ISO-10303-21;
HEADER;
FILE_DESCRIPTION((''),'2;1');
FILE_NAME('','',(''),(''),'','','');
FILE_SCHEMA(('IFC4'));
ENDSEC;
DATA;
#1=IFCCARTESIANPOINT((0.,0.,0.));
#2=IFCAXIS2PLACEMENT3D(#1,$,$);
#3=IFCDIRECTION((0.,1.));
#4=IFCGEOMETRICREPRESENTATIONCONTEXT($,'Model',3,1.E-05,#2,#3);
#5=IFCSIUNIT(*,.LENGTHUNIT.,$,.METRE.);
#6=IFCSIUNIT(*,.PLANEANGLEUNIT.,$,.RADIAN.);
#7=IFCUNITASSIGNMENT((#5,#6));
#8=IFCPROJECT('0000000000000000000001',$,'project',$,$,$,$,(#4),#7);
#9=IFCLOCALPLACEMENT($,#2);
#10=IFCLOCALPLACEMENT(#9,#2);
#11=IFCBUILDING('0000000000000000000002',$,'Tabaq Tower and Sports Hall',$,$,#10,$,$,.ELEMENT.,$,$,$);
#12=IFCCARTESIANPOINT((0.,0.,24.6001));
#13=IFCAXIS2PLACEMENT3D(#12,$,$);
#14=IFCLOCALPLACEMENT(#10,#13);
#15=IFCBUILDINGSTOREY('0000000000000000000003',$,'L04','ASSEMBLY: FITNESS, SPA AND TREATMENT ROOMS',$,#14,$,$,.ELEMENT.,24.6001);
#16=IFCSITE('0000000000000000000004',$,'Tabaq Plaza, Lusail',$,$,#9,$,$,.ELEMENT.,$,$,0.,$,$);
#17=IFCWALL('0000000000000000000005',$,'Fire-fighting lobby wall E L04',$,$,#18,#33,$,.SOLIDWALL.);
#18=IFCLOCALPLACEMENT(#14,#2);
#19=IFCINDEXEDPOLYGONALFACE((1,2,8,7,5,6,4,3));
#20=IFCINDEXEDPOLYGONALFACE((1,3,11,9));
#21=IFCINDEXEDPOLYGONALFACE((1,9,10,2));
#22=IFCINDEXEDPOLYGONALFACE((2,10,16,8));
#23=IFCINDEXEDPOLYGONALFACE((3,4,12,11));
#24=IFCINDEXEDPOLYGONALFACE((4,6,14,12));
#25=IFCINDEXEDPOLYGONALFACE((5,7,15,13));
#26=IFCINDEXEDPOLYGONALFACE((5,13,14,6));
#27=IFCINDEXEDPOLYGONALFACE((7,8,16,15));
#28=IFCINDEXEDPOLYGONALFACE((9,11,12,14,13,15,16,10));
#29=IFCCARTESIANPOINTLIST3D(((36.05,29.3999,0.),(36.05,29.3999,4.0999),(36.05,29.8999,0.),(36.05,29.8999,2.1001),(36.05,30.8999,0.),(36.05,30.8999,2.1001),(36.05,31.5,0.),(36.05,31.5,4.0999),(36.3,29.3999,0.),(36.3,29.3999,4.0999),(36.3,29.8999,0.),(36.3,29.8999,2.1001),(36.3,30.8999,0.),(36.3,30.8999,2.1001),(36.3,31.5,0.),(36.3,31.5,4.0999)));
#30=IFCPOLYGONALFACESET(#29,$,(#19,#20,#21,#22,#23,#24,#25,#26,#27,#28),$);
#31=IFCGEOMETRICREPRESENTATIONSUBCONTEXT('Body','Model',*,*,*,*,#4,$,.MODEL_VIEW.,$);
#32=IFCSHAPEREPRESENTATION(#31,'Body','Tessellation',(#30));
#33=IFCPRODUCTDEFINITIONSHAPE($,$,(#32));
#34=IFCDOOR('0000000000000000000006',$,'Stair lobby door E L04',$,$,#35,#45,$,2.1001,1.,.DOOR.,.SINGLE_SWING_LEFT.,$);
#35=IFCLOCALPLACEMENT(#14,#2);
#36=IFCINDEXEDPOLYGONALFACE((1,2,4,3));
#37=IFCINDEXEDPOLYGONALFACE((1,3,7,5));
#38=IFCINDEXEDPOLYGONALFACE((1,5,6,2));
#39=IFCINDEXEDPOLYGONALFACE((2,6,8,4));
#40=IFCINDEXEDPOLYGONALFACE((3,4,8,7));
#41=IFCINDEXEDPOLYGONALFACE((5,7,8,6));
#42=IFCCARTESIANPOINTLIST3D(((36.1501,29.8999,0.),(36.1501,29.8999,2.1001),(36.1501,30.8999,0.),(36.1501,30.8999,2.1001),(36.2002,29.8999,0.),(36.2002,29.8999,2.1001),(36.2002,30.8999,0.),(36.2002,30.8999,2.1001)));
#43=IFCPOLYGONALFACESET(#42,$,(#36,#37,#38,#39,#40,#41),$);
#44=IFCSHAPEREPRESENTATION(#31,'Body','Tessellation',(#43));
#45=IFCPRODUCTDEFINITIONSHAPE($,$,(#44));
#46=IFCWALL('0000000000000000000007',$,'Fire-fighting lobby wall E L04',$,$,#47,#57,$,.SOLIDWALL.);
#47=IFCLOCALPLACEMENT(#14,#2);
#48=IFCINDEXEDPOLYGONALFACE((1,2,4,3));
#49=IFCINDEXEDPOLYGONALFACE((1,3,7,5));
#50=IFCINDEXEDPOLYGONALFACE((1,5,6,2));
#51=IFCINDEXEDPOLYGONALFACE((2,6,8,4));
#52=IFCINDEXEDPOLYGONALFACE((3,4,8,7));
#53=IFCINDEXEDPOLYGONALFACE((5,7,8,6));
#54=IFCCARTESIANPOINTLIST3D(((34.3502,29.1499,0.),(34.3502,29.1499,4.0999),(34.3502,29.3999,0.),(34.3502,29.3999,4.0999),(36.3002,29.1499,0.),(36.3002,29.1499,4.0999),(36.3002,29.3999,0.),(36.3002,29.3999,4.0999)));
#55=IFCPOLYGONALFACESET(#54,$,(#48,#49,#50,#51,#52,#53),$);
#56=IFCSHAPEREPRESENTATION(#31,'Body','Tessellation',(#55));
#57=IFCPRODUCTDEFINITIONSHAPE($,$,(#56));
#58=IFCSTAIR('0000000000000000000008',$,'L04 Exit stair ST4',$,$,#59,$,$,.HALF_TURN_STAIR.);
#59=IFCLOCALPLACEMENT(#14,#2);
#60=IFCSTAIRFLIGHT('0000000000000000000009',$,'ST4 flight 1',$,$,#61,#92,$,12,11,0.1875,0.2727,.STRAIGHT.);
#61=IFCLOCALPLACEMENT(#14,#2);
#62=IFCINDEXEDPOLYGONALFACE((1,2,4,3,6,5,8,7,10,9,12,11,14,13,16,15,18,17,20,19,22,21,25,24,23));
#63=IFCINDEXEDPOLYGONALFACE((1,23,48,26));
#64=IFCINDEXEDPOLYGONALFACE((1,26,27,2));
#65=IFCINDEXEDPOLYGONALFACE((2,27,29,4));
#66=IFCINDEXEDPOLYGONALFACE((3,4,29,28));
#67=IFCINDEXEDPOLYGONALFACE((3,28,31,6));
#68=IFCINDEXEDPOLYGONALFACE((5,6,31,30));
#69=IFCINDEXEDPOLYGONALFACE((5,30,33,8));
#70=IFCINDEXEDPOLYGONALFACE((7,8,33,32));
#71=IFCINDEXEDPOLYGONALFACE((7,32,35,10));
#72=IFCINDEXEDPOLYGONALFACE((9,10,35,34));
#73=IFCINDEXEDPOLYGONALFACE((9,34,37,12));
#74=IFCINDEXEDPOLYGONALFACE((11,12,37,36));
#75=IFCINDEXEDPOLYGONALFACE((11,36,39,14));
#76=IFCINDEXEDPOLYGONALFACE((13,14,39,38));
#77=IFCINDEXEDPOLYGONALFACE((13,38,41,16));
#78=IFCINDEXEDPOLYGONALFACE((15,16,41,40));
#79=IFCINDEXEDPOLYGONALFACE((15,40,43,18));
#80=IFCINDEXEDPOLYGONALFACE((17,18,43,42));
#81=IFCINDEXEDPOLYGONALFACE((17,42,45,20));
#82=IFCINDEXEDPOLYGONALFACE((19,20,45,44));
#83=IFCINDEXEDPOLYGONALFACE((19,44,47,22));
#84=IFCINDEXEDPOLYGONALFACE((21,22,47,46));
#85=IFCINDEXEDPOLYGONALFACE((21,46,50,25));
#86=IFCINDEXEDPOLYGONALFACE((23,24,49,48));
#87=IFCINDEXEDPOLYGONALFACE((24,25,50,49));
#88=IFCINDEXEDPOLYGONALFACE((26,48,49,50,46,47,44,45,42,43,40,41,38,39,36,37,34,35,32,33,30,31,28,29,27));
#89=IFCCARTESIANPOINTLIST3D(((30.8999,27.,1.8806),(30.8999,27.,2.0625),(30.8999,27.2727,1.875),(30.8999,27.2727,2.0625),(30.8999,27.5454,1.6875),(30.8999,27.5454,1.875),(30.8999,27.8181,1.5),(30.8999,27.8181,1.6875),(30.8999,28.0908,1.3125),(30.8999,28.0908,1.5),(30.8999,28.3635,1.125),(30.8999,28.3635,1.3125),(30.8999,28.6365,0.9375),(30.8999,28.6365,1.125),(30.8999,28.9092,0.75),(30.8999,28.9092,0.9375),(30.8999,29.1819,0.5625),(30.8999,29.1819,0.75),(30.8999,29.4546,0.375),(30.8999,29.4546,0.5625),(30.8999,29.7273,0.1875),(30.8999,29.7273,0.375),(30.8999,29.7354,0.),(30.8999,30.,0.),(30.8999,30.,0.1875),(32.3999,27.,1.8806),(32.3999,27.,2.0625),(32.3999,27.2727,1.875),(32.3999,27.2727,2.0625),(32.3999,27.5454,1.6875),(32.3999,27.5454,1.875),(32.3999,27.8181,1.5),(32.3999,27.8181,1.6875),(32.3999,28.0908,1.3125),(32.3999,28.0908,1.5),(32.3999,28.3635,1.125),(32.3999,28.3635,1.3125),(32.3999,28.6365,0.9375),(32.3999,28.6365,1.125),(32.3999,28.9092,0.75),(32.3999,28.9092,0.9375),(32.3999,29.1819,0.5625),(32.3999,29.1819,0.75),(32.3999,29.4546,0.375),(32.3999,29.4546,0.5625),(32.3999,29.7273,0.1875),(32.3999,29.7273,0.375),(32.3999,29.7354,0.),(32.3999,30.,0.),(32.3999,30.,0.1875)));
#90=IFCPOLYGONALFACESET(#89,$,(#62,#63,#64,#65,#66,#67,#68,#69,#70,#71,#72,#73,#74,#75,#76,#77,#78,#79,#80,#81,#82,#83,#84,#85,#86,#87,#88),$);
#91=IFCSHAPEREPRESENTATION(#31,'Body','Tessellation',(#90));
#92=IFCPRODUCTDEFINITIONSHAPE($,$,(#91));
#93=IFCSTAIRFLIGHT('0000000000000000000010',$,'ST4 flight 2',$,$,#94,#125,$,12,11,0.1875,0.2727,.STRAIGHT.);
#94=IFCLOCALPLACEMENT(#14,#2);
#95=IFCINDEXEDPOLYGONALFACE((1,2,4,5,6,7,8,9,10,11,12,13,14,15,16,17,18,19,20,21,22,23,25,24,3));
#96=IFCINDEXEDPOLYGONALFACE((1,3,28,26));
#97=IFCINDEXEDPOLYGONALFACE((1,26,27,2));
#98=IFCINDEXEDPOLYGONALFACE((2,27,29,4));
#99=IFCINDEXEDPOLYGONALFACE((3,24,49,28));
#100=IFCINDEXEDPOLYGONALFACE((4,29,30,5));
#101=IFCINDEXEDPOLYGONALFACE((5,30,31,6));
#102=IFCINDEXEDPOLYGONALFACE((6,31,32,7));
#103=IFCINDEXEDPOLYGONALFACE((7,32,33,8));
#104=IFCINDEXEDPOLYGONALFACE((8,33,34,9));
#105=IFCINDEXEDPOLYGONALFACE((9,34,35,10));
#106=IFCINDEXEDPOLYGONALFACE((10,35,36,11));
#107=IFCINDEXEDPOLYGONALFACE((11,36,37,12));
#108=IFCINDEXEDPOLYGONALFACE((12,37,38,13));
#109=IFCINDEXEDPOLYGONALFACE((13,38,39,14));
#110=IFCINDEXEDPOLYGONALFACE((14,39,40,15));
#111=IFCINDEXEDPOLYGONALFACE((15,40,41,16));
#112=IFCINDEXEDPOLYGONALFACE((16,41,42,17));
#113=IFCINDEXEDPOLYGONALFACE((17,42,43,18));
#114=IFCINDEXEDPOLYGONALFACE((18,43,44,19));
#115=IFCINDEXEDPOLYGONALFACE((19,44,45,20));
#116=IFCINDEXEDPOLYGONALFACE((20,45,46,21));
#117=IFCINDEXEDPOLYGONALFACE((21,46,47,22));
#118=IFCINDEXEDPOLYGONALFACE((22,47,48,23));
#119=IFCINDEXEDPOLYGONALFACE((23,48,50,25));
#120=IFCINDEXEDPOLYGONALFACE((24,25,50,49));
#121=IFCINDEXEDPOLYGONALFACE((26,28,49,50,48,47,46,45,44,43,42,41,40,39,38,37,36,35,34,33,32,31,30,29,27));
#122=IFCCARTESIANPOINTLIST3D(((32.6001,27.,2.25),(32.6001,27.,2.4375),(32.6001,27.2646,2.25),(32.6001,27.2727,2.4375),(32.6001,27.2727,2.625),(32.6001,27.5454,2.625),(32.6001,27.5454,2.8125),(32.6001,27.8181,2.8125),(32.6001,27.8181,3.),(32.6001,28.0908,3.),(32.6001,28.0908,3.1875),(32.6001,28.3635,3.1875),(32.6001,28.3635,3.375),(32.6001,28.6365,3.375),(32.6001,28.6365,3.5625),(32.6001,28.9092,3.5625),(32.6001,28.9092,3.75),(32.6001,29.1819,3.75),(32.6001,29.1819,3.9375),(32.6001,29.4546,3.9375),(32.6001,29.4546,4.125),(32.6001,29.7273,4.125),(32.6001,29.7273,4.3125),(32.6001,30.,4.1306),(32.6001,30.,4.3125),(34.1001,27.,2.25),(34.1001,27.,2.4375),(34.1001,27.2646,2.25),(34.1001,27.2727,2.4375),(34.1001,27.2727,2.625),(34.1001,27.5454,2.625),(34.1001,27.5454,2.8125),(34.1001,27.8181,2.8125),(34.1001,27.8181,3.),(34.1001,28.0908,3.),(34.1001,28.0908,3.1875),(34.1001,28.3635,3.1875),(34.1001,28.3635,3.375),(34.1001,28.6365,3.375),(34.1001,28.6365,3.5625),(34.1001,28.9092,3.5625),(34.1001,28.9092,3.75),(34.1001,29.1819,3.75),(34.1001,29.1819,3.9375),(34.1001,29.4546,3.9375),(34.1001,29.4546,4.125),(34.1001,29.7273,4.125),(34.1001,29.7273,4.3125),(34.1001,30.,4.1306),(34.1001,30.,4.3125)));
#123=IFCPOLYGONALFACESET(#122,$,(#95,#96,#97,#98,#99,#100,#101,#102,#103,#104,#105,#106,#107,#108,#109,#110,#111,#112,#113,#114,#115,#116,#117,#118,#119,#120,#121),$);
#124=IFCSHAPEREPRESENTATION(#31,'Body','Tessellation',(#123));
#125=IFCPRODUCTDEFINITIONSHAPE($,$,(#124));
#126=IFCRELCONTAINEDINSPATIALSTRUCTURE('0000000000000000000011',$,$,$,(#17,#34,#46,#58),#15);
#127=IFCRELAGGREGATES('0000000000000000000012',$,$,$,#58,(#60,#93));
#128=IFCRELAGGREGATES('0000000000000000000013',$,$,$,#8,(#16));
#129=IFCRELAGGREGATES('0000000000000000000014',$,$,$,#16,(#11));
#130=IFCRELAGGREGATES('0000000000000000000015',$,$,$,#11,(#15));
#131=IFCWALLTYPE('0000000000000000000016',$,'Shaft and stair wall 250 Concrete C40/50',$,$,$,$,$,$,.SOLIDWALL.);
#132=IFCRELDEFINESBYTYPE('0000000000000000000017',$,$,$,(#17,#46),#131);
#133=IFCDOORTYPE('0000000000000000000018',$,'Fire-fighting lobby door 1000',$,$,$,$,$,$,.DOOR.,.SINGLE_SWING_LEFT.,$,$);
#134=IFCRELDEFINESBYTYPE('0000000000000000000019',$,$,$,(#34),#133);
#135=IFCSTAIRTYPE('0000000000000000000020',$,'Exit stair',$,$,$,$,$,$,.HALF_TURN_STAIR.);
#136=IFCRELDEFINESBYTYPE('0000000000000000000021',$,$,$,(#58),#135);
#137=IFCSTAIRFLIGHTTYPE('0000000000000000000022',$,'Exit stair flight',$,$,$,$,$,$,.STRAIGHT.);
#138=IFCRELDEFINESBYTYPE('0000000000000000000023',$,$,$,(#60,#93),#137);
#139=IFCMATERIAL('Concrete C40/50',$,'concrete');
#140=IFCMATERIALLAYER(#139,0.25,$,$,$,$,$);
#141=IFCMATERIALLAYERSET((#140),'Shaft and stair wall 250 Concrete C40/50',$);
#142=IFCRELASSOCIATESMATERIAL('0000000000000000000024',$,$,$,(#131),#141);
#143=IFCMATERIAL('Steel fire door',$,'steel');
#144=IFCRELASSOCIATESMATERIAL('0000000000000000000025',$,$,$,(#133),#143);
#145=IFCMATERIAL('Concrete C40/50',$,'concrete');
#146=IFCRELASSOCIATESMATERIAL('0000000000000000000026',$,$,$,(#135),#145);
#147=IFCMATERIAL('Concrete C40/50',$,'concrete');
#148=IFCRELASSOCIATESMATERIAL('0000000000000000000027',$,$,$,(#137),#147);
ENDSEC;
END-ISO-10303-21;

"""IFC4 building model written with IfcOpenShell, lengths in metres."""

from ifc_helpers import new_model, si_unit, direction, frame, frame_2d, origin, place, context, subcontext, project, spatial, polyline, rectangle, outline, extrude, material, layer, layer_set, type_object, element, fill, aggregate, save


model = new_model("IFC4")

# Units and contexts
model_context = context("Model", 3, precision=1e-05, world=origin(), true_north=direction((0.0, 1.0)))
body_context = subcontext(model_context, "Body", "Model", "MODEL_VIEW")
ifc_project = project(units=[si_unit("LENGTHUNIT", "METRE"), si_unit("PLANEANGLEUNIT", "RADIAN")], contexts=[model_context])

# Site, building, storey
site_placement = place(None, origin())
site = spatial("IfcSite", under=ifc_project, at=site_placement, Name="Tabaq Plaza, Lusail", CompositionType="ELEMENT", RefElevation=0.0)
building_placement = place(site_placement, origin())
building = spatial("IfcBuilding", under=site, at=building_placement, Name="Tabaq Tower and Sports Hall", CompositionType="ELEMENT")
storey_placement = place(building_placement, frame((0.0, 0.0, 24.6001)))
storey = spatial("IfcBuildingStorey", under=building, at=storey_placement, Name="L04", Description="ASSEMBLY: FITNESS, SPA AND TREATMENT ROOMS", CompositionType="ELEMENT", Elevation=24.6001)

# Shared definitions
ifc_material_1 = material(Name="Concrete C40/50", Category="concrete")
ifc_layer_1 = layer(ifc_material_1, 0.25)
ifc_layer_set_1 = layer_set([ifc_layer_1], Name="Shaft and stair wall 250 Concrete C40/50")
wall_type_1 = type_object("IfcWallType", Name="Shaft and stair wall 250 Concrete C40/50", PredefinedType="SOLIDWALL", material=ifc_layer_set_1)

# Wall, opening, door
wall_1_placement = place(storey_placement, frame((36.175, 29.3999, 0.0), z_axis=(0.0, 0.0, 1.0), x_axis=(0.0, 1.0, 0.0)))
wall_1 = element("IfcWall", 1, at=wall_1_placement, inside=storey, type_object=wall_type_1, Name="Fire-fighting lobby wall E L04", PredefinedType="SOLIDWALL", context=body_context, shape_type="SweptSolid", body=[
    extrude(rectangle(XDim=2.1001, YDim=0.25, at=frame_2d((1.05, 0.0))), origin(), (0.0, 0.0, 1.0), 4.0999),
])
opening_1_placement = place(wall_1_placement, frame((0.5, 0.0, 0.0)))
opening_1 = element("IfcOpeningElement", 2, at=opening_1_placement, cuts=wall_1, PredefinedType="OPENING", context=body_context, shape_type="SweptSolid", body=[
    extrude(rectangle(XDim=1.0, YDim=2.1001, at=frame_2d((0.5, 1.05))), frame((0.0, 0.125, 0.0), z_axis=(0.0, -1.0, 0.0), x_axis=(1.0, 0.0, 0.0)), (0.0, 0.0, 1.0), 0.25),
])
ifc_material_2 = material(Name="Steel fire door", Category="steel")
door_type_1 = type_object("IfcDoorType", Name="Fire-fighting lobby door 1000", OperationType="SINGLE_SWING_LEFT", PredefinedType="DOOR", material=ifc_material_2)
door_1_placement = place(opening_1_placement, origin())
door_1 = element("IfcDoor", 3, at=door_1_placement, inside=storey, type_object=door_type_1, Name="Stair lobby door E L04", OperationType="SINGLE_SWING_LEFT", OverallHeight=2.1001, OverallWidth=1.0, PredefinedType="DOOR", context=body_context, shape_type="SweptSolid", body=[
    extrude(rectangle(XDim=1.0, YDim=2.1001, at=frame_2d((0.5, 1.05))), frame((0.0, 0.0249, 0.0), z_axis=(0.0, -1.0, 0.0), x_axis=(1.0, 0.0, 0.0)), (0.0, 0.0, 1.0), 0.05),
])
fill(opening_1, door_1)

# Wall
wall_2_placement = place(storey_placement, frame((34.3501, 29.2749, 0.0), z_axis=(0.0, 0.0, 1.0), x_axis=(1.0, 0.0, 0.0)))
element("IfcWall", 4, at=wall_2_placement, inside=storey, type_object=wall_type_1, Name="Fire-fighting lobby wall E L04", PredefinedType="SOLIDWALL", context=body_context, shape_type="SweptSolid", body=[
    extrude(rectangle(XDim=1.95, YDim=0.25, at=frame_2d((0.9751, 0.0))), origin(), (0.0, 0.0, 1.0), 4.0999),
])

# Stair, stair flights
ifc_material_3 = material(Name="Concrete C40/50", Category="concrete")
stair_type = type_object("IfcStairType", Name="Exit stair", PredefinedType="HALF_TURN_STAIR", material=ifc_material_3)
stair_placement = place(storey_placement, origin())
stair = element("IfcStair", 5, at=stair_placement, inside=storey, type_object=stair_type, Name="L04 Exit stair ST4", PredefinedType="HALF_TURN_STAIR")
ifc_material_4 = material(Name="Concrete C40/50", Category="concrete")
stair_flight_type = type_object("IfcStairFlightType", Name="Exit stair flight", PredefinedType="STRAIGHT", material=ifc_material_4)
stair_flight_1_placement = place(storey_placement, frame((31.6499, 30.0, 0.0), z_axis=(0.0, 0.0, 1.0), x_axis=(0.0, -1.0, 0.0)))
stair_flight_1 = element("IfcStairFlight", 6, at=stair_flight_1_placement, type_object=stair_flight_type, Name="ST4 flight 1", NumberOfRisers=12, NumberOfTreads=11, PredefinedType="STRAIGHT", RiserHeight=0.1875, TreadLength=0.2727, context=body_context, shape_type="SweptSolid", body=[
    extrude(outline(polyline([(0.0, 0.0), (0.0, 0.1875), (0.2727, 0.1875), (0.2727, 0.375), (0.5454, 0.375), (0.5454, 0.5625), (0.8181, 0.5625), (0.8181, 0.75), (1.0908, 0.75), (1.0908, 0.9375), (1.3635, 0.9375), (1.3635, 1.125), (1.6365, 1.125), (1.6365, 1.3125), (1.9092, 1.3125), (1.9092, 1.5), (2.1819, 1.5), (2.1819, 1.6875), (2.4546, 1.6875), (2.4546, 1.875), (2.7273, 1.875), (2.7273, 2.0625), (3.0, 2.0625), (3.0, 2.25), (3.0, 1.8806), (0.2646, 0.0), (0.0, 0.0)])), frame((0.0, 0.75, 0.0), z_axis=(0.0, -1.0, 0.0), x_axis=(1.0, 0.0, 0.0)), (0.0, 0.0, 1.0), 1.5),
])
stair_flight_2_placement = place(storey_placement, frame((33.3501, 27.0, 2.25), z_axis=(0.0, 0.0, 1.0), x_axis=(0.0, 1.0, 0.0)))
stair_flight_2 = element("IfcStairFlight", 7, at=stair_flight_2_placement, type_object=stair_flight_type, Name="ST4 flight 2", NumberOfRisers=12, NumberOfTreads=11, PredefinedType="STRAIGHT", RiserHeight=0.1875, TreadLength=0.2727, context=body_context, shape_type="SweptSolid", body=[
    extrude(outline(polyline([(0.0, 0.0), (0.0, 0.1875), (0.2727, 0.1875), (0.2727, 0.375), (0.5454, 0.375), (0.5454, 0.5625), (0.8181, 0.5625), (0.8181, 0.75), (1.0908, 0.75), (1.0908, 0.9375), (1.3635, 0.9375), (1.3635, 1.125), (1.6365, 1.125), (1.6365, 1.3125), (1.9092, 1.3125), (1.9092, 1.5), (2.1819, 1.5), (2.1819, 1.6875), (2.4546, 1.6875), (2.4546, 1.875), (2.7273, 1.875), (2.7273, 2.0625), (3.0, 2.0625), (3.0, 2.25), (3.0, 1.8806), (0.2646, 0.0), (0.0, 0.0)])), frame((0.0, 0.75, 0.0), z_axis=(0.0, -1.0, 0.0), x_axis=(1.0, 0.0, 0.0)), (0.0, 0.0, 1.0), 1.5),
])
aggregate(stair, [stair_flight_1, stair_flight_2])

save(model, "model.ifc")
